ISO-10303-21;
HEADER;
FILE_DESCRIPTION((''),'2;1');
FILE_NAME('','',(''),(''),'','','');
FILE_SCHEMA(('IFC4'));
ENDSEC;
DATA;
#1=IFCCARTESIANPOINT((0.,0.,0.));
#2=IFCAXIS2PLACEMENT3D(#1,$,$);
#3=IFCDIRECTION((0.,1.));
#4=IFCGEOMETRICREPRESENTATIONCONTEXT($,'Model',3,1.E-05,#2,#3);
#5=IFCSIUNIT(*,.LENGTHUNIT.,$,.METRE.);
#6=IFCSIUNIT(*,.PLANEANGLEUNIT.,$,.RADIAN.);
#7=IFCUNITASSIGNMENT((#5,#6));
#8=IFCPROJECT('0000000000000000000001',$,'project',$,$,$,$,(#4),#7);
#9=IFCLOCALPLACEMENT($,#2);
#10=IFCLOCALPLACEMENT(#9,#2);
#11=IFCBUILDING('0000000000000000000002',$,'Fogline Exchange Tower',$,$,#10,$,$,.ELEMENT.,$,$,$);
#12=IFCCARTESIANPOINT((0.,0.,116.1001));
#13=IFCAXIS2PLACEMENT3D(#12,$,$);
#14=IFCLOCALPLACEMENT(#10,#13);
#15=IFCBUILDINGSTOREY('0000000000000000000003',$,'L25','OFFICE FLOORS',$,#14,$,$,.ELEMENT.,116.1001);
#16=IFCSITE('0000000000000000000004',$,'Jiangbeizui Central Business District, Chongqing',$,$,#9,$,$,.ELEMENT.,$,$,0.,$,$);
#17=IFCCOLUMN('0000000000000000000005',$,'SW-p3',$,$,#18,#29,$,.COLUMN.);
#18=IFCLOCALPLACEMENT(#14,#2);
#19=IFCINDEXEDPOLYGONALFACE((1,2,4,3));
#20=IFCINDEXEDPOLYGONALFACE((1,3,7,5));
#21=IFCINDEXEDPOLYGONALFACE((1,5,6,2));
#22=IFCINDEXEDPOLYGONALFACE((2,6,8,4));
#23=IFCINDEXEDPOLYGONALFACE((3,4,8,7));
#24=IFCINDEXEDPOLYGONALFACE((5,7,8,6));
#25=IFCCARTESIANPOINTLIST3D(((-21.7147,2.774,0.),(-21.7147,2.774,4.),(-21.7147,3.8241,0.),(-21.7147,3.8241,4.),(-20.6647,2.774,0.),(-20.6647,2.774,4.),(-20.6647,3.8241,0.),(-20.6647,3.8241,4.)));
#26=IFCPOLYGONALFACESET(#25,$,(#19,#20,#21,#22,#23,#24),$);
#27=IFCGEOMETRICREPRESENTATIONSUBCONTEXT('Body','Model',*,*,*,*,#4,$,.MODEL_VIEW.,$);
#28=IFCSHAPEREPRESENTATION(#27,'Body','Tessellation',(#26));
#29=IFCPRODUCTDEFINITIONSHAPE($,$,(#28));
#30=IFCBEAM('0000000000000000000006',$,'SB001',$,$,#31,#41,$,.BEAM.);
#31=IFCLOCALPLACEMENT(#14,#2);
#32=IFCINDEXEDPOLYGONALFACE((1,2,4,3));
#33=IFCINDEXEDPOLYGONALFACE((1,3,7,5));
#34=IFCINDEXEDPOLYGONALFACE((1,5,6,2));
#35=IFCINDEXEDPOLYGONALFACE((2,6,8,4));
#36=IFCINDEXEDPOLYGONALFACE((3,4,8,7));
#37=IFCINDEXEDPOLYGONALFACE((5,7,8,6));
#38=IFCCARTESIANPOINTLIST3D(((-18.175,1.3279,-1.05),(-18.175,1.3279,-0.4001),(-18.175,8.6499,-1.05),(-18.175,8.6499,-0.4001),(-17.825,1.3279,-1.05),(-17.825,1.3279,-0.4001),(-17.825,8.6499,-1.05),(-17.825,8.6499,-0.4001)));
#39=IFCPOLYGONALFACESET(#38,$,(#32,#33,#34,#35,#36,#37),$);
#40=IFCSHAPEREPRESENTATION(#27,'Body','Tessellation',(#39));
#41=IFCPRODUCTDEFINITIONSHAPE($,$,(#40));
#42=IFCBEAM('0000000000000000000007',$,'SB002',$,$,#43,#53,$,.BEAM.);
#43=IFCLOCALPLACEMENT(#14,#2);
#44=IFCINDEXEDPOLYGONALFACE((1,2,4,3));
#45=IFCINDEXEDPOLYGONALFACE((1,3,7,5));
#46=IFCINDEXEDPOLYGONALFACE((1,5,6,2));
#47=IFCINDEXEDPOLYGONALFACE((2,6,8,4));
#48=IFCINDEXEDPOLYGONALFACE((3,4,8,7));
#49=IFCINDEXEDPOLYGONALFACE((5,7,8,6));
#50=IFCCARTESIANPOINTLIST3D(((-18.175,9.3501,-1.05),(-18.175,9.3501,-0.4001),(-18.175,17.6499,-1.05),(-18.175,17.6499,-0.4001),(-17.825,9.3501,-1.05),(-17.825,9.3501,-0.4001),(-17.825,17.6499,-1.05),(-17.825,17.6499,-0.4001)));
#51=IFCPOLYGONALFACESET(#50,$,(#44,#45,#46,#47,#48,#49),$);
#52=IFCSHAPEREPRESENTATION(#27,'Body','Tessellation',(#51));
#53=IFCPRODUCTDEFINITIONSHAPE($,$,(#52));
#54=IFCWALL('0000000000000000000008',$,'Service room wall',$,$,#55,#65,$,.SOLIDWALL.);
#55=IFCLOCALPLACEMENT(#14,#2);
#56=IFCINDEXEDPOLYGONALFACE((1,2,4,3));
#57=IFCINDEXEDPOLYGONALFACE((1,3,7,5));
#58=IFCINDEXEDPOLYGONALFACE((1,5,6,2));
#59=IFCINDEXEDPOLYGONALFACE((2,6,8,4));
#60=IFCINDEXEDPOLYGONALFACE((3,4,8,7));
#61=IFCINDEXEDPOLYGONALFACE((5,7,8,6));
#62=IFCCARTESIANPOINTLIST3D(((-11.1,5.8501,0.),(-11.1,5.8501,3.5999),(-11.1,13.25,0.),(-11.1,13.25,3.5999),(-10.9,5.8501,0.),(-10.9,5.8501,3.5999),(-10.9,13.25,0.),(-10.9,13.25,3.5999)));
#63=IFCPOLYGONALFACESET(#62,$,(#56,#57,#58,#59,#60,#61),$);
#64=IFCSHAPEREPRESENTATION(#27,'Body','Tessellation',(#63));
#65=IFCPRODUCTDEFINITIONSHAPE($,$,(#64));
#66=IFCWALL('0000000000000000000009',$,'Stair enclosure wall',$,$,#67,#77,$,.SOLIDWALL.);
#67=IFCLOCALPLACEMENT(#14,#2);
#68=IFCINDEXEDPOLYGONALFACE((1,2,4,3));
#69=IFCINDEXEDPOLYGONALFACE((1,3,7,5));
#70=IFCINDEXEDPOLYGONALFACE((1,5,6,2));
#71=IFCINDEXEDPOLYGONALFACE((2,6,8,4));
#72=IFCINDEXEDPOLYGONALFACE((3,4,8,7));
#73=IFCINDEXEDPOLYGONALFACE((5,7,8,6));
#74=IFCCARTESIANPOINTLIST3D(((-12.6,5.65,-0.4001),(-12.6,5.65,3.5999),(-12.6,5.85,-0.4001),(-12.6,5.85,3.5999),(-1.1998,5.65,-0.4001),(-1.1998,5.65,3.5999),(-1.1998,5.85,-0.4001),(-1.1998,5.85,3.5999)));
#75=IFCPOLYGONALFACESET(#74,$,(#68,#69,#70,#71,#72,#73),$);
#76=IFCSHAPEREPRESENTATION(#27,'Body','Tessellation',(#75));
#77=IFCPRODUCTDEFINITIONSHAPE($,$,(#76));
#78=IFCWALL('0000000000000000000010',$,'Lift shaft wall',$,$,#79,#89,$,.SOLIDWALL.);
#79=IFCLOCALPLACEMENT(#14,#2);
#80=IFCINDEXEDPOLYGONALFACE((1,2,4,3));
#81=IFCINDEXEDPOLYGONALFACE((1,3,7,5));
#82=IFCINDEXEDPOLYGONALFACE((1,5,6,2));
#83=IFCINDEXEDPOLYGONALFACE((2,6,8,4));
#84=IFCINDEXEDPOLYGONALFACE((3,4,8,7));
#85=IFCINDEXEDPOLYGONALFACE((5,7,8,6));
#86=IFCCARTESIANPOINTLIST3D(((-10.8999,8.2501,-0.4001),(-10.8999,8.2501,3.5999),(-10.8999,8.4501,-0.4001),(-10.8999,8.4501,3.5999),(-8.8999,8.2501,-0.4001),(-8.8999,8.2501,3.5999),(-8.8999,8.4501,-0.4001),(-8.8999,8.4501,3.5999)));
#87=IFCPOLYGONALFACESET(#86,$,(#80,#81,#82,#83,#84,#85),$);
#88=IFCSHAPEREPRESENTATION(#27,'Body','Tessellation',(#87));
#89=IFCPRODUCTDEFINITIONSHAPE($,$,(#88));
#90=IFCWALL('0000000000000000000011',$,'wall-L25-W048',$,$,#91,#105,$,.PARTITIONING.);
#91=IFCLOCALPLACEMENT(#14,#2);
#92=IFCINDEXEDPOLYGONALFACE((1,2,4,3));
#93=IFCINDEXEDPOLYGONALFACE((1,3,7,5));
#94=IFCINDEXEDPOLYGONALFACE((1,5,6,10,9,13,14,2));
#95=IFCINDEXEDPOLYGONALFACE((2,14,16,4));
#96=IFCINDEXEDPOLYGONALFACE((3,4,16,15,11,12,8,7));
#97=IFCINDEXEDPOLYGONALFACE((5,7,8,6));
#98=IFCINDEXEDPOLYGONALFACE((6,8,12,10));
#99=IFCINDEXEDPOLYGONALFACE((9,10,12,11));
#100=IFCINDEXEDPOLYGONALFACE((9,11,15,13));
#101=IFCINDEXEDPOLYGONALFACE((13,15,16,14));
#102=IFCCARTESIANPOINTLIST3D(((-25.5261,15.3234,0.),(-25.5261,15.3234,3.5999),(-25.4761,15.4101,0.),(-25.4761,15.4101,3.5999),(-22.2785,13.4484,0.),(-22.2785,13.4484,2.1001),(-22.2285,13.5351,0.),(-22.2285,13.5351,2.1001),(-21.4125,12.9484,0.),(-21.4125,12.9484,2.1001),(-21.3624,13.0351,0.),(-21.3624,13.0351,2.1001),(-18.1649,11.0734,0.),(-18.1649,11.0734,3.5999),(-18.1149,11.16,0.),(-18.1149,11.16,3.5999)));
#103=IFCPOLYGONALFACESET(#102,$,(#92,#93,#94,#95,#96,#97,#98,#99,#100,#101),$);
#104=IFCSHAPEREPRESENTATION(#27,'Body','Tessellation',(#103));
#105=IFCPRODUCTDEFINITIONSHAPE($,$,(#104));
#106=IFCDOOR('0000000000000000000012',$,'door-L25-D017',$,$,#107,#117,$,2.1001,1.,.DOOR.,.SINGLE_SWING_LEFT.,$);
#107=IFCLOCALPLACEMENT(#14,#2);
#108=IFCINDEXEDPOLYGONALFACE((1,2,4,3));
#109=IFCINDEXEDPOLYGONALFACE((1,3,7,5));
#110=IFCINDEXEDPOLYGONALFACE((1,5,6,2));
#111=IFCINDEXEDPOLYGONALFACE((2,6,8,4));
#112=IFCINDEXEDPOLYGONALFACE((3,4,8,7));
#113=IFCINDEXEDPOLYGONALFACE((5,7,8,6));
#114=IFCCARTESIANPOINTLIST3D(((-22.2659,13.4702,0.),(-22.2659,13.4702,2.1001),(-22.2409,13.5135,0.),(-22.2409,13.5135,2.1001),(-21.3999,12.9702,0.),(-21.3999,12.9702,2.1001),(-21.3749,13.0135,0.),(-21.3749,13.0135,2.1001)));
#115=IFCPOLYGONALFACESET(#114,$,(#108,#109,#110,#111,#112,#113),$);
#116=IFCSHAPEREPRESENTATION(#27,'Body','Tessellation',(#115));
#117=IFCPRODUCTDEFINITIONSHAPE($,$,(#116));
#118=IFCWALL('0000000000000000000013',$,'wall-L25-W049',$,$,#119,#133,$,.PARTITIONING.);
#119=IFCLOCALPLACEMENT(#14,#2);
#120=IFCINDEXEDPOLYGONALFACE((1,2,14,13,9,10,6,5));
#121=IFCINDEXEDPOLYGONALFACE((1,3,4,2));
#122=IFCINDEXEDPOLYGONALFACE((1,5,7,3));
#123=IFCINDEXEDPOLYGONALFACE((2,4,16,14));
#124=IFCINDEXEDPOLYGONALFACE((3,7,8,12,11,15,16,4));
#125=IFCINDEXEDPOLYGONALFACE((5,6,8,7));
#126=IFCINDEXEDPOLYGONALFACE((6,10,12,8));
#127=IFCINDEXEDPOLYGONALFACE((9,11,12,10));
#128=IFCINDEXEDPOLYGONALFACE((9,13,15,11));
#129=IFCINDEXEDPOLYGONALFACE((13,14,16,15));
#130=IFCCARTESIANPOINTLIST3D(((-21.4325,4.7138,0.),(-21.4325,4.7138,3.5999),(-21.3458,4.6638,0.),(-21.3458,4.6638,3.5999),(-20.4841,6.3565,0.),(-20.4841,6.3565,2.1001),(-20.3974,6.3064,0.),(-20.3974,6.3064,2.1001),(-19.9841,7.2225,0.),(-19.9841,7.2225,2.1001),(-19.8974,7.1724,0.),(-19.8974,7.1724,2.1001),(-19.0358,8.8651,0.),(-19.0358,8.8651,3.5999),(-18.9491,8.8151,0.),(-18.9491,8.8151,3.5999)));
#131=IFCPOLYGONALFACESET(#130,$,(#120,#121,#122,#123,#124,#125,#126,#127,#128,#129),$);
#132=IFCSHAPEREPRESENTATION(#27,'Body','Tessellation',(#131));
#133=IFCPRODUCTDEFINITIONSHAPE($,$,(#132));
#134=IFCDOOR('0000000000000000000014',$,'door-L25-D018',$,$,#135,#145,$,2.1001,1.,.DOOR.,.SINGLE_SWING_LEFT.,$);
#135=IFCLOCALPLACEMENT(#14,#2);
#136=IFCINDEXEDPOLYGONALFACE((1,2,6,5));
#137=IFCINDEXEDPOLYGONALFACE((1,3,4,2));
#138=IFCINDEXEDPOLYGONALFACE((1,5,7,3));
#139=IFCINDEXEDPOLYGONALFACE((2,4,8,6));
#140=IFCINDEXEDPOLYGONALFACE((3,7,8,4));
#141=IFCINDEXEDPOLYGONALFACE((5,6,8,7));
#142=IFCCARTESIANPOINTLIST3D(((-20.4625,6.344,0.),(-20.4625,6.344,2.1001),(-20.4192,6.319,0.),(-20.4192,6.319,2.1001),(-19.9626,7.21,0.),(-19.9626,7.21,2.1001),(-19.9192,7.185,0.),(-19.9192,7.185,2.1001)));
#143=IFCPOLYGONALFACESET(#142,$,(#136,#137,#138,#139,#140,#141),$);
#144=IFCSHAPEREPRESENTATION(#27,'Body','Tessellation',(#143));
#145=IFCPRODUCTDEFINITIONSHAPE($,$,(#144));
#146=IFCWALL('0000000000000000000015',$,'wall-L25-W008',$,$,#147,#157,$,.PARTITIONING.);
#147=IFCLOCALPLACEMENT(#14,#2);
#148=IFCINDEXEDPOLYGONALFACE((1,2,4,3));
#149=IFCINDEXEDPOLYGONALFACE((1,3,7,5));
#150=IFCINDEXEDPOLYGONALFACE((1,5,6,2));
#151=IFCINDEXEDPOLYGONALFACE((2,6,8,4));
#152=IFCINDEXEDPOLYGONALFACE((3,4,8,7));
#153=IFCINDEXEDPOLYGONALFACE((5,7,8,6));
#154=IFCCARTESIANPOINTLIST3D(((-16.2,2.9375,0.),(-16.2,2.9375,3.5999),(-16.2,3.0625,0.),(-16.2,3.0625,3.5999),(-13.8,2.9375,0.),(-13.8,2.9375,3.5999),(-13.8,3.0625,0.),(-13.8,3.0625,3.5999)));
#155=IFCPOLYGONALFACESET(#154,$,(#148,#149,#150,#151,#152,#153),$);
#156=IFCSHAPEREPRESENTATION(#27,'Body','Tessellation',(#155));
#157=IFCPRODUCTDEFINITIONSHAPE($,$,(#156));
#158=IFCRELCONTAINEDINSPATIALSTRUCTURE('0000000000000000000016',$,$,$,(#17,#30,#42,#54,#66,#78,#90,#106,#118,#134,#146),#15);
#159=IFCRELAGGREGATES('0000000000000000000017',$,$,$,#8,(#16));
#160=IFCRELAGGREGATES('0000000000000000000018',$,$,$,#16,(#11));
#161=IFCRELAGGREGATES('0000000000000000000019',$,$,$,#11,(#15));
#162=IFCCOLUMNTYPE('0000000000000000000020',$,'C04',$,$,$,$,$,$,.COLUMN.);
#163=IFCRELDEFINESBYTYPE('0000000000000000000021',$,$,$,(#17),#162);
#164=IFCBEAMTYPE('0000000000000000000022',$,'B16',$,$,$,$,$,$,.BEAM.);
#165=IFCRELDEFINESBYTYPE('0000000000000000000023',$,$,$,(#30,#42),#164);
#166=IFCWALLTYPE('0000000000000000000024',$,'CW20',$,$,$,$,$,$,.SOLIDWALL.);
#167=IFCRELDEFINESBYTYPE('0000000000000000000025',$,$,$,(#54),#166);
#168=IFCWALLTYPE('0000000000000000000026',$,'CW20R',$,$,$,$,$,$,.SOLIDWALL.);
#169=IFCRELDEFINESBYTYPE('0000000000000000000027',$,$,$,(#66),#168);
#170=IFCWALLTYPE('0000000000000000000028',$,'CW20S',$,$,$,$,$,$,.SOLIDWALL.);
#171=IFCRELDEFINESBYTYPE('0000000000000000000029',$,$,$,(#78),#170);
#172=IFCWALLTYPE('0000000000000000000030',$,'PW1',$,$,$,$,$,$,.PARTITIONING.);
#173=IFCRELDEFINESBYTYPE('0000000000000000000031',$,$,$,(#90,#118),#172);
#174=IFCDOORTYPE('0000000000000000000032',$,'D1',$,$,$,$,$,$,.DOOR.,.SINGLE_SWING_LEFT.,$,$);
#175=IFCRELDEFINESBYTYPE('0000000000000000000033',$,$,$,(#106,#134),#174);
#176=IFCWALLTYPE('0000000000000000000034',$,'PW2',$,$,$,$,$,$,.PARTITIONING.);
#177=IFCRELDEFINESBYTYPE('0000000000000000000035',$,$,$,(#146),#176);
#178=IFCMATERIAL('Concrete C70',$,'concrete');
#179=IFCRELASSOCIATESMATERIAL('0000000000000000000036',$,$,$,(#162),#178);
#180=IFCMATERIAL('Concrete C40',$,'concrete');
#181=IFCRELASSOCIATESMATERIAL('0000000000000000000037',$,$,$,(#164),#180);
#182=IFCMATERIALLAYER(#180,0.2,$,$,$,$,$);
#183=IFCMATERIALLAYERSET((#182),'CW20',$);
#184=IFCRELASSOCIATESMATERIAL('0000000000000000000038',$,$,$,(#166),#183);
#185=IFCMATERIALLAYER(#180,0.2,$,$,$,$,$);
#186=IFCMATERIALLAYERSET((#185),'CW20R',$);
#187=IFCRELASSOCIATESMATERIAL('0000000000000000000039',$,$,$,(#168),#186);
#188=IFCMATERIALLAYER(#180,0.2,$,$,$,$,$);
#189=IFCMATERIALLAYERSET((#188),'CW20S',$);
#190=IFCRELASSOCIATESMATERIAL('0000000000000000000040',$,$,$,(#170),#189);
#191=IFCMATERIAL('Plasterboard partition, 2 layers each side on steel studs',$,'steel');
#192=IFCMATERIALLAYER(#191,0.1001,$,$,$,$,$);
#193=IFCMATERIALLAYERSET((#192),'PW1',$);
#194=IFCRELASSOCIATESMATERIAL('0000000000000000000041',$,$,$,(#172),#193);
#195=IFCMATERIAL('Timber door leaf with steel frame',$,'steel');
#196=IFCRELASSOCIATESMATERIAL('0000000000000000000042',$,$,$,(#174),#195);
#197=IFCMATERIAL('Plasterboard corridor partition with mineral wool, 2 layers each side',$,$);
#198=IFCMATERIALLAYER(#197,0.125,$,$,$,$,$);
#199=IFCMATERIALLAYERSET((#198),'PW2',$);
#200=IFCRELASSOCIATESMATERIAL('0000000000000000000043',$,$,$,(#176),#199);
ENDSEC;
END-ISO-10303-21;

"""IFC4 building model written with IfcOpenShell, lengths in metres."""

from ifc_helpers import new_model, si_unit, direction, frame, frame_2d, origin, origin_2d, place, context, subcontext, project, spatial, rectangle, extrude, material, layer, layer_set, material_profile, profile_set, type_object, element, fill, save


model = new_model("IFC4")

# Units and contexts
model_context = context("Model", 3, precision=1e-05, world=origin(), true_north=direction((0.0, 1.0)))
body_context = subcontext(model_context, "Body", "Model", "MODEL_VIEW")
ifc_project = project(units=[si_unit("LENGTHUNIT", "METRE"), si_unit("PLANEANGLEUNIT", "RADIAN")], contexts=[model_context])

# Site, building, storey
site_placement = place(None, origin())
site = spatial("IfcSite", under=ifc_project, at=site_placement, Name="Jiangbeizui Central Business District, Chongqing", CompositionType="ELEMENT", RefElevation=0.0)
building_placement = place(site_placement, origin())
building = spatial("IfcBuilding", under=site, at=building_placement, Name="Fogline Exchange Tower", CompositionType="ELEMENT")
storey_placement = place(building_placement, frame((0.0, 0.0, 116.1001)))
storey = spatial("IfcBuildingStorey", under=building, at=storey_placement, Name="L25", Description="OFFICE FLOORS", CompositionType="ELEMENT", Elevation=116.1001)

# Column
ifc_material_1 = material(Name="Concrete C70", Category="concrete")
ifc_material_profile_1 = material_profile(ifc_material_1, rectangle(XDim=1.05, YDim=1.05, at=origin_2d()), Name="RC 1050x1050")
ifc_profile_set_1 = profile_set([ifc_material_profile_1], Name="Concrete C70")
column_type = type_object("IfcColumnType", Name="C04", PredefinedType="COLUMN", material=ifc_profile_set_1)
column_placement = place(storey_placement, frame((-21.1897, 3.2991, 0.0), z_axis=(0.0, 0.0, 1.0), x_axis=(1.0, 0.0, 0.0)))
element("IfcColumn", 1, at=column_placement, inside=storey, type_object=column_type, Name="SW-p3", PredefinedType="COLUMN", context=body_context, shape_type="SweptSolid", body=[
    extrude(rectangle(XDim=1.05, YDim=1.05, at=origin_2d()), origin(), (0.0, 0.0, 1.0), 4.0),
])

# Beams
ifc_material_2 = material(Name="Concrete C40", Category="concrete")
ifc_material_profile_2 = material_profile(ifc_material_2, rectangle(XDim=0.3501, YDim=0.6499, at=origin_2d()), Name="RC 350x650")
ifc_profile_set_2 = profile_set([ifc_material_profile_2], Name="Concrete C40")
beam_type = type_object("IfcBeamType", Name="B16", PredefinedType="BEAM", material=ifc_profile_set_2)
beam_1_placement = place(storey_placement, frame((-18.0, 1.3279, -0.7251), z_axis=(0.0, 1.0, 0.0), x_axis=(-1.0, 0.0, 0.0)))
element("IfcBeam", 2, at=beam_1_placement, inside=storey, type_object=beam_type, Name="SB001", PredefinedType="BEAM", context=body_context, shape_type="SweptSolid", body=[
    extrude(rectangle(XDim=0.3501, YDim=0.6499, at=origin_2d()), origin(), (0.0, 0.0, 1.0), 7.322),
])
beam_2_placement = place(storey_placement, frame((-18.0, 9.3501, -0.7251), z_axis=(0.0, 1.0, 0.0), x_axis=(-1.0, 0.0, 0.0)))
element("IfcBeam", 3, at=beam_2_placement, inside=storey, type_object=beam_type, Name="SB002", PredefinedType="BEAM", context=body_context, shape_type="SweptSolid", body=[
    extrude(rectangle(XDim=0.3501, YDim=0.6499, at=origin_2d()), origin(), (0.0, 0.0, 1.0), 8.2998),
])

# Walls
ifc_layer_1 = layer(ifc_material_2, 0.2)
ifc_layer_set_1 = layer_set([ifc_layer_1], Name="CW20")
wall_type_1 = type_object("IfcWallType", Name="CW20", PredefinedType="SOLIDWALL", material=ifc_layer_set_1)
wall_1_placement = place(storey_placement, frame((-11.0, 5.8501, 0.0), z_axis=(0.0, 0.0, 1.0), x_axis=(0.0, 1.0, 0.0)))
element("IfcWall", 4, at=wall_1_placement, inside=storey, type_object=wall_type_1, Name="Service room wall", PredefinedType="SOLIDWALL", context=body_context, shape_type="SweptSolid", body=[
    extrude(rectangle(XDim=7.3999, YDim=0.2, at=frame_2d((3.7, 0.0))), origin(), (0.0, 0.0, 1.0), 3.5999),
])
ifc_layer_2 = layer(ifc_material_2, 0.2)
ifc_layer_set_2 = layer_set([ifc_layer_2], Name="CW20R")
wall_type_2 = type_object("IfcWallType", Name="CW20R", PredefinedType="SOLIDWALL", material=ifc_layer_set_2)
wall_2_placement = place(storey_placement, frame((-12.6001, 5.75, -0.4001), z_axis=(0.0, 0.0, 1.0), x_axis=(1.0, 0.0, 0.0)))
element("IfcWall", 5, at=wall_2_placement, inside=storey, type_object=wall_type_2, Name="Stair enclosure wall", PredefinedType="SOLIDWALL", context=body_context, shape_type="SweptSolid", body=[
    extrude(rectangle(XDim=11.4001, YDim=0.2, at=frame_2d((5.7002, 0.0))), origin(), (0.0, 0.0, 1.0), 4.0),
])
ifc_layer_3 = layer(ifc_material_2, 0.2)
ifc_layer_set_3 = layer_set([ifc_layer_3], Name="CW20S")
wall_type_3 = type_object("IfcWallType", Name="CW20S", PredefinedType="SOLIDWALL", material=ifc_layer_set_3)
wall_3_placement = place(storey_placement, frame((-10.8999, 8.3501, -0.4001), z_axis=(0.0, 0.0, 1.0), x_axis=(1.0, 0.0, 0.0)))
element("IfcWall", 6, at=wall_3_placement, inside=storey, type_object=wall_type_3, Name="Lift shaft wall", PredefinedType="SOLIDWALL", context=body_context, shape_type="SweptSolid", body=[
    extrude(rectangle(XDim=2.0, YDim=0.2, at=frame_2d((1.0, 0.0))), origin(), (0.0, 0.0, 1.0), 4.0),
])

# Walls, openings, doors
ifc_material_3 = material(Name="Plasterboard partition, 2 layers each side on steel studs", Category="steel")
ifc_layer_4 = layer(ifc_material_3, 0.1001)
ifc_layer_set_4 = layer_set([ifc_layer_4], Name="PW1")
wall_type_4 = type_object("IfcWallType", Name="PW1", PredefinedType="PARTITIONING", material=ifc_layer_set_4)
wall_4_placement = place(storey_placement, frame((-18.1399, 11.1167, 0.0), z_axis=(0.0, 0.0, 1.0), x_axis=(-0.866022, 0.500007, 0.0)))
wall_4 = element("IfcWall", 7, at=wall_4_placement, inside=storey, type_object=wall_type_4, Name="wall-L25-W048", PredefinedType="PARTITIONING", context=body_context, shape_type="SweptSolid", body=[
    extrude(rectangle(XDim=8.5, YDim=0.1001, at=frame_2d((4.25, 0.0))), origin(), (0.0, 0.0, 1.0), 3.5999),
])
opening_1_placement = place(wall_4_placement, frame((3.75, 0.0, 0.0)))
opening_1 = element("IfcOpeningElement", 8, at=opening_1_placement, cuts=wall_4, PredefinedType="OPENING", context=body_context, shape_type="SweptSolid", body=[
    extrude(rectangle(XDim=1.0, YDim=2.1001, at=frame_2d((0.5, 1.05))), frame((0.0, 0.0601, 0.0), z_axis=(0.0, -1.0, 0.0), x_axis=(1.0, 0.0, 0.0)), (0.0, 0.0, 1.0), 0.1201),
])
ifc_material_4 = material(Name="Timber door leaf with steel frame", Category="steel")
door_type_1 = type_object("IfcDoorType", Name="D1", OperationType="SINGLE_SWING_LEFT", PredefinedType="DOOR", material=ifc_material_4)
door_1_placement = place(opening_1_placement, origin())
door_1 = element("IfcDoor", 9, at=door_1_placement, inside=storey, type_object=door_type_1, Name="door-L25-D017", OperationType="SINGLE_SWING_LEFT", OverallHeight=2.1001, OverallWidth=1.0, PredefinedType="DOOR", context=body_context, shape_type="SweptSolid", body=[
    extrude(rectangle(XDim=1.0, YDim=2.1001, at=frame_2d((0.5, 1.05))), frame((0.0, 0.0249, 0.0), z_axis=(0.0, -1.0, 0.0), x_axis=(1.0, 0.0, 0.0)), (0.0, 0.0, 1.0), 0.05),
])
fill(opening_1, door_1)
wall_5_placement = place(storey_placement, frame((-18.9924, 8.8401, 0.0), z_axis=(0.0, 0.0, 1.0), x_axis=(-0.49999, -0.866031, 0.0)))
wall_5 = element("IfcWall", 10, at=wall_5_placement, inside=storey, type_object=wall_type_4, Name="wall-L25-W049", PredefinedType="PARTITIONING", context=body_context, shape_type="SweptSolid", body=[
    extrude(rectangle(XDim=4.7935, YDim=0.1001, at=frame_2d((2.3967, 0.0))), origin(), (0.0, 0.0, 1.0), 3.5999),
])
opening_2_placement = place(wall_5_placement, frame((1.8967, 0.0, 0.0)))
opening_2 = element("IfcOpeningElement", 11, at=opening_2_placement, cuts=wall_5, PredefinedType="OPENING", context=body_context, shape_type="SweptSolid", body=[
    extrude(rectangle(XDim=1.0, YDim=2.1001, at=frame_2d((0.5, 1.05))), frame((0.0, 0.0601, 0.0), z_axis=(0.0, -1.0, 0.0), x_axis=(1.0, 0.0, 0.0)), (0.0, 0.0, 1.0), 0.1201),
])
door_2_placement = place(opening_2_placement, origin())
door_2 = element("IfcDoor", 12, at=door_2_placement, inside=storey, type_object=door_type_1, Name="door-L25-D018", OperationType="SINGLE_SWING_LEFT", OverallHeight=2.1001, OverallWidth=1.0, PredefinedType="DOOR", context=body_context, shape_type="SweptSolid", body=[
    extrude(rectangle(XDim=1.0, YDim=2.1001, at=frame_2d((0.5, 1.05))), frame((0.0, 0.0249, 0.0), z_axis=(0.0, -1.0, 0.0), x_axis=(1.0, 0.0, 0.0)), (0.0, 0.0, 1.0), 0.05),
])
fill(opening_2, door_2)

# Wall
ifc_material_5 = material(Name="Plasterboard corridor partition with mineral wool, 2 layers each side")
ifc_layer_5 = layer(ifc_material_5, 0.125)
ifc_layer_set_5 = layer_set([ifc_layer_5], Name="PW2")
wall_type_5 = type_object("IfcWallType", Name="PW2", PredefinedType="PARTITIONING", material=ifc_layer_set_5)
wall_6_placement = place(storey_placement, frame((-13.8, 3.0, 0.0), z_axis=(0.0, 0.0, 1.0), x_axis=(-1.0, 0.0, 0.0)))
element("IfcWall", 13, at=wall_6_placement, inside=storey, type_object=wall_type_5, Name="wall-L25-W008", PredefinedType="PARTITIONING", context=body_context, shape_type="SweptSolid", body=[
    extrude(rectangle(XDim=2.3999, YDim=0.125, at=frame_2d((1.2, 0.0))), origin(), (0.0, 0.0, 1.0), 3.5999),
])

save(model, "model.ifc")
